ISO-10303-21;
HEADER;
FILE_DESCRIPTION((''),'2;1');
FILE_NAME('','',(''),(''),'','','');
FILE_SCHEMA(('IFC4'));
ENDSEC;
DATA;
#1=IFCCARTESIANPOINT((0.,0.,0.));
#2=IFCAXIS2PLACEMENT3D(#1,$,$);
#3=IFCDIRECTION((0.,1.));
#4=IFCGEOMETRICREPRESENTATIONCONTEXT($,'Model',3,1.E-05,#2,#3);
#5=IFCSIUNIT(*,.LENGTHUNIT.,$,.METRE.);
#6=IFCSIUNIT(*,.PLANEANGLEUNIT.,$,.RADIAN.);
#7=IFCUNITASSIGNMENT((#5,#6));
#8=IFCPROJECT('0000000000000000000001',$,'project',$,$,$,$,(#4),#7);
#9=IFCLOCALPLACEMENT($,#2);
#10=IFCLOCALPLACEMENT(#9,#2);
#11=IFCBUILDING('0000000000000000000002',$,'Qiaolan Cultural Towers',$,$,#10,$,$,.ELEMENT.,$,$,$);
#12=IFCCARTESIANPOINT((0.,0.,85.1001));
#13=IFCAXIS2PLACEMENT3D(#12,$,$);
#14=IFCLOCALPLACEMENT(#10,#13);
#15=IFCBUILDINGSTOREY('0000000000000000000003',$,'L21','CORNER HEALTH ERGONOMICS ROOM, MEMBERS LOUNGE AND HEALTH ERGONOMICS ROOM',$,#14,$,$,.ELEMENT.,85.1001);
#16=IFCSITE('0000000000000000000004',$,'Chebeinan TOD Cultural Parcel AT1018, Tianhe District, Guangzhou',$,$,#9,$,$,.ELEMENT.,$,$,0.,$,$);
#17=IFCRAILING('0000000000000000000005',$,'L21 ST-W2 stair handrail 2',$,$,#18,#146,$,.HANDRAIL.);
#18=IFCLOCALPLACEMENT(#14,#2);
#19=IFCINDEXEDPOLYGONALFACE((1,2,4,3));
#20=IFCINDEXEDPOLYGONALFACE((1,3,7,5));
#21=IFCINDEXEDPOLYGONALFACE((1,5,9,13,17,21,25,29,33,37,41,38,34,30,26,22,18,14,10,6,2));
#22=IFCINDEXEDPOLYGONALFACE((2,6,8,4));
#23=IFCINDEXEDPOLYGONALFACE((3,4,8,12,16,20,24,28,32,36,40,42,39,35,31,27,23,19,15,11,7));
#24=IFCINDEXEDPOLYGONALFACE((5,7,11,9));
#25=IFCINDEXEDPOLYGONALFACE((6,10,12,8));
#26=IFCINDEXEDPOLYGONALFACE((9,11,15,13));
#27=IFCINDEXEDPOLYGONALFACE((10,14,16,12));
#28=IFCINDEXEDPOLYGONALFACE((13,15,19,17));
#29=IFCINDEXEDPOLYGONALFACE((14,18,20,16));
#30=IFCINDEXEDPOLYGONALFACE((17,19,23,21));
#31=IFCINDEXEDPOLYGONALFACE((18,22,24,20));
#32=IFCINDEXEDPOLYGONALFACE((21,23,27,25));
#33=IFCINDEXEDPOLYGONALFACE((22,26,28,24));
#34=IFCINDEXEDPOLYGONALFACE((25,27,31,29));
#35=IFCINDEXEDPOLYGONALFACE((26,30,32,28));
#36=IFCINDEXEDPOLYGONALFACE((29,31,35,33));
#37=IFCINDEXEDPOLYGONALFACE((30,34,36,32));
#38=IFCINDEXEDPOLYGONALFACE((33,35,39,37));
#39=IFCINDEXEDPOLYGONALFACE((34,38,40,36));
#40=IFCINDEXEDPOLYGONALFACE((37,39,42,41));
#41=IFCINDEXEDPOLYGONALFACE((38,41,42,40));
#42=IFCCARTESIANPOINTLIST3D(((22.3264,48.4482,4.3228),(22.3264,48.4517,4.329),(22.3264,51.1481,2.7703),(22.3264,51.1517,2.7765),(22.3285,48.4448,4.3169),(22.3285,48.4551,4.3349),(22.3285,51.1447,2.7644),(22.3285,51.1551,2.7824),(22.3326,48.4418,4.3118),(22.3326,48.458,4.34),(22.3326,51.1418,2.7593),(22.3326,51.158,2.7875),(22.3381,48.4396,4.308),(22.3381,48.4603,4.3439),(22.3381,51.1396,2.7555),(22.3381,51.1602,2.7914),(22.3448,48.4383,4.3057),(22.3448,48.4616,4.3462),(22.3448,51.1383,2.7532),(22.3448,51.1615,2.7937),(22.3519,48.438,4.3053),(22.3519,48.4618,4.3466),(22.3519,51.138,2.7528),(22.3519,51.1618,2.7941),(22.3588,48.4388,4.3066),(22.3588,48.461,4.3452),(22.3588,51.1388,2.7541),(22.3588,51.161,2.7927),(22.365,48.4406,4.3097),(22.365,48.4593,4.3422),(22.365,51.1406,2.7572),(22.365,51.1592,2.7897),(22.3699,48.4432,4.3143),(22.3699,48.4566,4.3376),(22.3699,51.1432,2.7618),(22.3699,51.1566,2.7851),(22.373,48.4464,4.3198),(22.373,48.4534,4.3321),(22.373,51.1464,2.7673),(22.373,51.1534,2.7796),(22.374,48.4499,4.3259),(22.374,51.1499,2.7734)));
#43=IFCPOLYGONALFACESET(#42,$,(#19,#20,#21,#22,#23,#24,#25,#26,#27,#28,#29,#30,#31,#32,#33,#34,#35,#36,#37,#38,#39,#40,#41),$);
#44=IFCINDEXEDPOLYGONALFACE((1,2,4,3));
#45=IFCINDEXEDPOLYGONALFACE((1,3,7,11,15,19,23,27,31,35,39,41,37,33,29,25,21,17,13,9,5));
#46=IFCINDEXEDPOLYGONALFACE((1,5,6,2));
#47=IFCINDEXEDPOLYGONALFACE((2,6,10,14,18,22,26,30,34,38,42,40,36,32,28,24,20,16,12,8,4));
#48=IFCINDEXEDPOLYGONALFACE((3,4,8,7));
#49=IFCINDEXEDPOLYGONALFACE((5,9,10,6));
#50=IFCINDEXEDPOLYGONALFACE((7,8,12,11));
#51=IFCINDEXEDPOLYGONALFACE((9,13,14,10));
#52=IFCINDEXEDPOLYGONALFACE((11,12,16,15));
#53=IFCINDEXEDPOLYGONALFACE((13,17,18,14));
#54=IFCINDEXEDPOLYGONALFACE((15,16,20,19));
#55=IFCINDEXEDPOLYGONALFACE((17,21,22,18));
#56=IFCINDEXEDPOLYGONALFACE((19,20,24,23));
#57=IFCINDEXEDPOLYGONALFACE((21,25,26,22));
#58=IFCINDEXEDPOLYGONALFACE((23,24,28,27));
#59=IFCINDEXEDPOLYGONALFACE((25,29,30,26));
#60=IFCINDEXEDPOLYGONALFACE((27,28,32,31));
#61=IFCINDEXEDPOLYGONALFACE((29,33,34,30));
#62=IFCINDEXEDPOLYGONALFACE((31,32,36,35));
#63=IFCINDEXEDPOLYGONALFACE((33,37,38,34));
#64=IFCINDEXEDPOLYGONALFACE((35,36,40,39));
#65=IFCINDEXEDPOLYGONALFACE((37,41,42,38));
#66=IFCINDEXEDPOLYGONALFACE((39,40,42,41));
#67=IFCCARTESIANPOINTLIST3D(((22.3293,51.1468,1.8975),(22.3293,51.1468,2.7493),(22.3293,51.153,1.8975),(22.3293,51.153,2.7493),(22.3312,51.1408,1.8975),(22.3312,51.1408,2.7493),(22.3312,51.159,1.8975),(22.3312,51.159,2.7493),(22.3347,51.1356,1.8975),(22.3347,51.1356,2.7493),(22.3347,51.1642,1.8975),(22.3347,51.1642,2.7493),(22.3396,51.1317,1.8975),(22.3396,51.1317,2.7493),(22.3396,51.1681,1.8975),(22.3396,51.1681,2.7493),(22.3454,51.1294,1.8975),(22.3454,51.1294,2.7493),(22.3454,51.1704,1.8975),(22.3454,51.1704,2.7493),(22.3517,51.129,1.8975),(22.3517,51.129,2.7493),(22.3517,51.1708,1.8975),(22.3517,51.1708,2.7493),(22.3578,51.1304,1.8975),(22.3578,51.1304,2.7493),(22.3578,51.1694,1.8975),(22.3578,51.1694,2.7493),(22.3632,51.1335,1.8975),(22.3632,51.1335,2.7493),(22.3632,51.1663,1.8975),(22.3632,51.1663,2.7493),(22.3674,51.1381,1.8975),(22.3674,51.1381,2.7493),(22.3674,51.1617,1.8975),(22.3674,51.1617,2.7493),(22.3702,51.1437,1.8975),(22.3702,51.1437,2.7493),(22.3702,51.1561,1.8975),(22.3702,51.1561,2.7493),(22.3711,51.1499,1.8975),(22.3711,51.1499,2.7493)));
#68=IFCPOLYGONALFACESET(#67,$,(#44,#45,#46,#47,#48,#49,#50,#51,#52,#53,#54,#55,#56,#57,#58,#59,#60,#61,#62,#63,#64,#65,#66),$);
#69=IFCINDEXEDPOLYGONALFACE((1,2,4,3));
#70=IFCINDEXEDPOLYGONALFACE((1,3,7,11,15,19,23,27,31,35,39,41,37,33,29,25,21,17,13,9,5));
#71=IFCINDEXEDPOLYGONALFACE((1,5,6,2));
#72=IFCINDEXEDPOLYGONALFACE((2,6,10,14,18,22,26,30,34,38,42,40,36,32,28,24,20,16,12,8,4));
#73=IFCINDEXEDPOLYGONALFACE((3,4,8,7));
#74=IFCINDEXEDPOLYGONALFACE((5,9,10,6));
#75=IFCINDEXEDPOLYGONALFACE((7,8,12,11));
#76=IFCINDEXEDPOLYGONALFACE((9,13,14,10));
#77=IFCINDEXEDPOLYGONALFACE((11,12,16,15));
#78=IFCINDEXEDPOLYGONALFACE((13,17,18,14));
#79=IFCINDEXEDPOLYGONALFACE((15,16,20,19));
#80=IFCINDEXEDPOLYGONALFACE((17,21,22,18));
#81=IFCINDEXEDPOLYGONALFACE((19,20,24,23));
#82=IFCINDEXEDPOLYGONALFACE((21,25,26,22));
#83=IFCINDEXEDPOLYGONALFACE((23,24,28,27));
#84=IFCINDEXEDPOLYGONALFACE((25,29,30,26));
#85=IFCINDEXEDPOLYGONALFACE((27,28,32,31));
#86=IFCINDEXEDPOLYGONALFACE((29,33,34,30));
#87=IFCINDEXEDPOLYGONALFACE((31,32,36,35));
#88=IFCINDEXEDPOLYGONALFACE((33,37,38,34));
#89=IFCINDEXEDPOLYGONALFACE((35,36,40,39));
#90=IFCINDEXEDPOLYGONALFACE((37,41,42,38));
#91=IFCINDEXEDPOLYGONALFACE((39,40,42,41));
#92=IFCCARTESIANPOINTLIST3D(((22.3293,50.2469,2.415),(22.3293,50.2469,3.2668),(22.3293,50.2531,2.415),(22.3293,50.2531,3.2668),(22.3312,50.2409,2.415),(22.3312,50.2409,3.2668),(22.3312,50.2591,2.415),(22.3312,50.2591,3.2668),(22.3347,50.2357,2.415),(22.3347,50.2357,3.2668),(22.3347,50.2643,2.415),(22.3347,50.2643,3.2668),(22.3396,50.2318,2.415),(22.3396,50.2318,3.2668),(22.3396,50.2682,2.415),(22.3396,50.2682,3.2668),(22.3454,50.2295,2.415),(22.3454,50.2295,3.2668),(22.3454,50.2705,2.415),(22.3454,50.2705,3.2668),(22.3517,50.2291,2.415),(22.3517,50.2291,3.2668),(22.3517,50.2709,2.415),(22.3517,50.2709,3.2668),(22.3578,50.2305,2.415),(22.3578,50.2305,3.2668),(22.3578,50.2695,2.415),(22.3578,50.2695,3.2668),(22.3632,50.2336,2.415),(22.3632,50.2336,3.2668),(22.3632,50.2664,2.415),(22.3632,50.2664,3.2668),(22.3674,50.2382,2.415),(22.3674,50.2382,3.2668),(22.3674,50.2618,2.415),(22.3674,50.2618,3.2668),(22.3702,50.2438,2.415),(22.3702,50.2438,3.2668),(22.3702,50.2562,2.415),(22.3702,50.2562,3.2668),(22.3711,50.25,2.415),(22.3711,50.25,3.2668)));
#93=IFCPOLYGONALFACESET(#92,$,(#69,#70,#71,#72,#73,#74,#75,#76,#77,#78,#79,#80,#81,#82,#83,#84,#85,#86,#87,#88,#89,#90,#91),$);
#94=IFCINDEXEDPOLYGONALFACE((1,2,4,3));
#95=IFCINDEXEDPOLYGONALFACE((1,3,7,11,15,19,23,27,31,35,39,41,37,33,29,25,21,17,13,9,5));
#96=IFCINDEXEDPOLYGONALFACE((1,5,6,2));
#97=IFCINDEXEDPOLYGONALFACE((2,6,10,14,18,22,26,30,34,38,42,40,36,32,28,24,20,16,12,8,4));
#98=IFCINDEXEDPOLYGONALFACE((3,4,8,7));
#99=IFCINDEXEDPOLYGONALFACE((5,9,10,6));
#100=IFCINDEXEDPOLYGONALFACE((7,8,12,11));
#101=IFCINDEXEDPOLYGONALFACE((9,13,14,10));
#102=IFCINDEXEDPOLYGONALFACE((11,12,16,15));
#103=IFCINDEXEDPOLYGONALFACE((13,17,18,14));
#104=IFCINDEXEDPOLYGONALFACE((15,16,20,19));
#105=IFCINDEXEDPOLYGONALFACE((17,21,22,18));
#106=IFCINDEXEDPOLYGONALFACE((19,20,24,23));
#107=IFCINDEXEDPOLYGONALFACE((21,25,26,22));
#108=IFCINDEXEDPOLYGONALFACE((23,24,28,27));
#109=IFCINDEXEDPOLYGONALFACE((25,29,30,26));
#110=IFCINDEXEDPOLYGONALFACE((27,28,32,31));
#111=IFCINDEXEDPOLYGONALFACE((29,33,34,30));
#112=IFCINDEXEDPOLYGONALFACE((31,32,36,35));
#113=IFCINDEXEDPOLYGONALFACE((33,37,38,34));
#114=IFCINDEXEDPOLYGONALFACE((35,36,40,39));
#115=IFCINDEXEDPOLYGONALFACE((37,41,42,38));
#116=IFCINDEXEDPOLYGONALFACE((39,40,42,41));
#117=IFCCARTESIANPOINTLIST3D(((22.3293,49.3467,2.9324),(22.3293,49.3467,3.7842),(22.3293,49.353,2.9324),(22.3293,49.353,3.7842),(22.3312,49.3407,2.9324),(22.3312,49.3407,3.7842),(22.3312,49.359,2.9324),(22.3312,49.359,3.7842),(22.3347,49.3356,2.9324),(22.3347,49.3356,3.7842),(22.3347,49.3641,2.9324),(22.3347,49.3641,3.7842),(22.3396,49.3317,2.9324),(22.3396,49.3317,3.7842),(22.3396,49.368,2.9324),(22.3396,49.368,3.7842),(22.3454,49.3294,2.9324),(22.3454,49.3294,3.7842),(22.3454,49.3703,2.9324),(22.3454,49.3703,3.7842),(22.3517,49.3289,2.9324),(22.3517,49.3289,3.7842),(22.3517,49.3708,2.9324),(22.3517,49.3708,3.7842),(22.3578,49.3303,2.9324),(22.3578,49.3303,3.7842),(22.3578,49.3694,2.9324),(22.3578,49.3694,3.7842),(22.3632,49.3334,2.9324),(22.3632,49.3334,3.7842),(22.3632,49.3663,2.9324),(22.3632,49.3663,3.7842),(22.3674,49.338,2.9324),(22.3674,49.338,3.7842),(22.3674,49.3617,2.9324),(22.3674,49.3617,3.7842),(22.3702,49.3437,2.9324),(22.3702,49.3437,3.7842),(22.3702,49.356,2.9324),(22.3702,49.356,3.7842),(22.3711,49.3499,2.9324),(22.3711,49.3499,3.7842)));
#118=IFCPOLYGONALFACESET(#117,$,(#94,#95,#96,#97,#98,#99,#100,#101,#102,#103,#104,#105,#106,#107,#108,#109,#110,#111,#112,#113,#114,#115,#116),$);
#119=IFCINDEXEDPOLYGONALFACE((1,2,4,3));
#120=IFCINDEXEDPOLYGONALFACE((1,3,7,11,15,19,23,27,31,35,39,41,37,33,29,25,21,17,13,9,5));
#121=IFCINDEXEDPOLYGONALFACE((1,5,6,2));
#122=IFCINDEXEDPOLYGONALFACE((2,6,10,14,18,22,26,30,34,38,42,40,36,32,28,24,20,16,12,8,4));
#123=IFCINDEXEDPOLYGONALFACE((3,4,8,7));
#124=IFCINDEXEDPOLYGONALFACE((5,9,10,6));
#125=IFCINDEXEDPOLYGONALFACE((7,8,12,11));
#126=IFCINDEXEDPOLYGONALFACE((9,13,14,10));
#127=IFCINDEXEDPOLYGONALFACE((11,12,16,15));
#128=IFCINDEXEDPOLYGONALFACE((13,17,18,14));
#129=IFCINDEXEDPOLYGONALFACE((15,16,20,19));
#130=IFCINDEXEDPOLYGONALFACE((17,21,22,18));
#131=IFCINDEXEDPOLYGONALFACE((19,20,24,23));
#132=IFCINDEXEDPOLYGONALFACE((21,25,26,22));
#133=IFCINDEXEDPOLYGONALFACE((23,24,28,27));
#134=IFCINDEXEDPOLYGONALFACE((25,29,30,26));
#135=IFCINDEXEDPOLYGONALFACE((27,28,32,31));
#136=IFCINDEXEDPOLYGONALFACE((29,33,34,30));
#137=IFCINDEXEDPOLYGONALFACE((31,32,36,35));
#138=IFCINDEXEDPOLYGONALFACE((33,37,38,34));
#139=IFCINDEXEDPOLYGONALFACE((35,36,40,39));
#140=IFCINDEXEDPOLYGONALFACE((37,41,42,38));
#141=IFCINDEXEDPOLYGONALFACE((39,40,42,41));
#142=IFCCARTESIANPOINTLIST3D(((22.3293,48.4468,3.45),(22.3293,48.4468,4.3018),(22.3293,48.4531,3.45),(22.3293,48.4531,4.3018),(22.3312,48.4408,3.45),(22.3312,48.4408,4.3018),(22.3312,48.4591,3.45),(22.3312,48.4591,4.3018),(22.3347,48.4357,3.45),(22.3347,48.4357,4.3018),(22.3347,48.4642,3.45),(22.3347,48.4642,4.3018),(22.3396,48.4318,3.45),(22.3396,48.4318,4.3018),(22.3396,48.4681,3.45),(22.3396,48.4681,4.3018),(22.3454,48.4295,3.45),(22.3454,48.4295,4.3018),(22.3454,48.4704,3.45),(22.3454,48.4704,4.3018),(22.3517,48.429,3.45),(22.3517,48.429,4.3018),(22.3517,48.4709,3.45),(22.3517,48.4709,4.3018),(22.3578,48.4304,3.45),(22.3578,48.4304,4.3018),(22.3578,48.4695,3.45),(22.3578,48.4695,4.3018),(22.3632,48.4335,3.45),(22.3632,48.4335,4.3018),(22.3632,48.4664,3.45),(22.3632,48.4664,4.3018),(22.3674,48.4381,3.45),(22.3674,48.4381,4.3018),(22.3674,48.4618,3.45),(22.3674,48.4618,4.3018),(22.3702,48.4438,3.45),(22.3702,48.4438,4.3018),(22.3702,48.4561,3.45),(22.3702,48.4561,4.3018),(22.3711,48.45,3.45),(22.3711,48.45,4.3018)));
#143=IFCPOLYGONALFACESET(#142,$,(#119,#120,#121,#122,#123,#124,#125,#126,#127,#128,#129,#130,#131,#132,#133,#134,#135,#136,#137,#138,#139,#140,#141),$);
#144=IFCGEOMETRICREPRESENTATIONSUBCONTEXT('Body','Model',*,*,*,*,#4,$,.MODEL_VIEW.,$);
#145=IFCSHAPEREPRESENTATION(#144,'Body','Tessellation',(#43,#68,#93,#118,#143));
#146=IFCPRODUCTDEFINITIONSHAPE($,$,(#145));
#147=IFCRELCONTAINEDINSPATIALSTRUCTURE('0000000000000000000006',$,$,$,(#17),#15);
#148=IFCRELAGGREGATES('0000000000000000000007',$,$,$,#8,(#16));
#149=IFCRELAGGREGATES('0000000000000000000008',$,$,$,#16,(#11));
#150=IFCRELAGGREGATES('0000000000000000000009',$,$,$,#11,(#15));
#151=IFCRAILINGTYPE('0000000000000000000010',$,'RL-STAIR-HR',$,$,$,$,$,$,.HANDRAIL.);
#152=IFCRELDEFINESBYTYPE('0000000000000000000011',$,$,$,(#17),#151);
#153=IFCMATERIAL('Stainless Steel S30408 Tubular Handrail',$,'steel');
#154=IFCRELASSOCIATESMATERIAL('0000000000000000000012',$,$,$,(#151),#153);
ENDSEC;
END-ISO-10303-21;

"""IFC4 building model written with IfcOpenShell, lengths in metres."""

from ifc_helpers import new_model, si_unit, direction, frame, origin, origin_2d, place, context, subcontext, project, spatial, circle, extrude, material, type_object, element, save


model = new_model("IFC4")

# Units and contexts
model_context = context("Model", 3, precision=1e-05, world=origin(), true_north=direction((0.0, 1.0)))
body_context = subcontext(model_context, "Body", "Model", "MODEL_VIEW")
ifc_project = project(units=[si_unit("LENGTHUNIT", "METRE"), si_unit("PLANEANGLEUNIT", "RADIAN")], contexts=[model_context])

# Site, building, storey
site_placement = place(None, origin())
site = spatial("IfcSite", under=ifc_project, at=site_placement, Name="Chebeinan TOD Cultural Parcel AT1018, Tianhe District, Guangzhou", CompositionType="ELEMENT", RefElevation=0.0)
building_placement = place(site_placement, origin())
building = spatial("IfcBuilding", under=site, at=building_placement, Name="Qiaolan Cultural Towers", CompositionType="ELEMENT")
storey_placement = place(building_placement, frame((0.0, 0.0, 85.1001)))
storey = spatial("IfcBuildingStorey", under=building, at=storey_placement, Name="L21", Description="CORNER HEALTH ERGONOMICS ROOM, MEMBERS LOUNGE AND HEALTH ERGONOMICS ROOM", CompositionType="ELEMENT", Elevation=85.1001)

# Railing
ifc_material_1 = material(Name="Stainless Steel S30408 Tubular Handrail", Category="steel")
railing_type_1 = type_object("IfcRailingType", Name="RL-STAIR-HR", PredefinedType="HANDRAIL", material=ifc_material_1)
railing_1_placement = place(storey_placement, frame((22.3501, 51.1499, 1.8975)))
element("IfcRailing", 1, at=railing_1_placement, inside=storey, type_object=railing_type_1, Name="L21 ST-W2 stair handrail 2", PredefinedType="HANDRAIL", context=body_context, shape_type="SweptSolid", body=[
    extrude(circle(Radius=0.0239, at=origin_2d()), frame((0.0, 0.0, 0.876), z_axis=(0.0, -0.866904, 0.498476), x_axis=(1.0, 0.0, 0.0)), (0.0, 0.0, 1.0), 3.1145),
    extrude(circle(Radius=0.021, at=origin_2d()), origin(), (0.0, 0.0, 1.0), 0.8518),
    extrude(circle(Radius=0.021, at=origin_2d()), frame((0.0, -0.8999, 0.5176)), (0.0, 0.0, 1.0), 0.8518),
    extrude(circle(Radius=0.021, at=origin_2d()), frame((0.0, -1.8, 1.0349)), (0.0, 0.0, 1.0), 0.8518),
    extrude(circle(Radius=0.021, at=origin_2d()), frame((0.0, -2.7, 1.5525)), (0.0, 0.0, 1.0), 0.8518),
])

save(model, "model.ifc")
